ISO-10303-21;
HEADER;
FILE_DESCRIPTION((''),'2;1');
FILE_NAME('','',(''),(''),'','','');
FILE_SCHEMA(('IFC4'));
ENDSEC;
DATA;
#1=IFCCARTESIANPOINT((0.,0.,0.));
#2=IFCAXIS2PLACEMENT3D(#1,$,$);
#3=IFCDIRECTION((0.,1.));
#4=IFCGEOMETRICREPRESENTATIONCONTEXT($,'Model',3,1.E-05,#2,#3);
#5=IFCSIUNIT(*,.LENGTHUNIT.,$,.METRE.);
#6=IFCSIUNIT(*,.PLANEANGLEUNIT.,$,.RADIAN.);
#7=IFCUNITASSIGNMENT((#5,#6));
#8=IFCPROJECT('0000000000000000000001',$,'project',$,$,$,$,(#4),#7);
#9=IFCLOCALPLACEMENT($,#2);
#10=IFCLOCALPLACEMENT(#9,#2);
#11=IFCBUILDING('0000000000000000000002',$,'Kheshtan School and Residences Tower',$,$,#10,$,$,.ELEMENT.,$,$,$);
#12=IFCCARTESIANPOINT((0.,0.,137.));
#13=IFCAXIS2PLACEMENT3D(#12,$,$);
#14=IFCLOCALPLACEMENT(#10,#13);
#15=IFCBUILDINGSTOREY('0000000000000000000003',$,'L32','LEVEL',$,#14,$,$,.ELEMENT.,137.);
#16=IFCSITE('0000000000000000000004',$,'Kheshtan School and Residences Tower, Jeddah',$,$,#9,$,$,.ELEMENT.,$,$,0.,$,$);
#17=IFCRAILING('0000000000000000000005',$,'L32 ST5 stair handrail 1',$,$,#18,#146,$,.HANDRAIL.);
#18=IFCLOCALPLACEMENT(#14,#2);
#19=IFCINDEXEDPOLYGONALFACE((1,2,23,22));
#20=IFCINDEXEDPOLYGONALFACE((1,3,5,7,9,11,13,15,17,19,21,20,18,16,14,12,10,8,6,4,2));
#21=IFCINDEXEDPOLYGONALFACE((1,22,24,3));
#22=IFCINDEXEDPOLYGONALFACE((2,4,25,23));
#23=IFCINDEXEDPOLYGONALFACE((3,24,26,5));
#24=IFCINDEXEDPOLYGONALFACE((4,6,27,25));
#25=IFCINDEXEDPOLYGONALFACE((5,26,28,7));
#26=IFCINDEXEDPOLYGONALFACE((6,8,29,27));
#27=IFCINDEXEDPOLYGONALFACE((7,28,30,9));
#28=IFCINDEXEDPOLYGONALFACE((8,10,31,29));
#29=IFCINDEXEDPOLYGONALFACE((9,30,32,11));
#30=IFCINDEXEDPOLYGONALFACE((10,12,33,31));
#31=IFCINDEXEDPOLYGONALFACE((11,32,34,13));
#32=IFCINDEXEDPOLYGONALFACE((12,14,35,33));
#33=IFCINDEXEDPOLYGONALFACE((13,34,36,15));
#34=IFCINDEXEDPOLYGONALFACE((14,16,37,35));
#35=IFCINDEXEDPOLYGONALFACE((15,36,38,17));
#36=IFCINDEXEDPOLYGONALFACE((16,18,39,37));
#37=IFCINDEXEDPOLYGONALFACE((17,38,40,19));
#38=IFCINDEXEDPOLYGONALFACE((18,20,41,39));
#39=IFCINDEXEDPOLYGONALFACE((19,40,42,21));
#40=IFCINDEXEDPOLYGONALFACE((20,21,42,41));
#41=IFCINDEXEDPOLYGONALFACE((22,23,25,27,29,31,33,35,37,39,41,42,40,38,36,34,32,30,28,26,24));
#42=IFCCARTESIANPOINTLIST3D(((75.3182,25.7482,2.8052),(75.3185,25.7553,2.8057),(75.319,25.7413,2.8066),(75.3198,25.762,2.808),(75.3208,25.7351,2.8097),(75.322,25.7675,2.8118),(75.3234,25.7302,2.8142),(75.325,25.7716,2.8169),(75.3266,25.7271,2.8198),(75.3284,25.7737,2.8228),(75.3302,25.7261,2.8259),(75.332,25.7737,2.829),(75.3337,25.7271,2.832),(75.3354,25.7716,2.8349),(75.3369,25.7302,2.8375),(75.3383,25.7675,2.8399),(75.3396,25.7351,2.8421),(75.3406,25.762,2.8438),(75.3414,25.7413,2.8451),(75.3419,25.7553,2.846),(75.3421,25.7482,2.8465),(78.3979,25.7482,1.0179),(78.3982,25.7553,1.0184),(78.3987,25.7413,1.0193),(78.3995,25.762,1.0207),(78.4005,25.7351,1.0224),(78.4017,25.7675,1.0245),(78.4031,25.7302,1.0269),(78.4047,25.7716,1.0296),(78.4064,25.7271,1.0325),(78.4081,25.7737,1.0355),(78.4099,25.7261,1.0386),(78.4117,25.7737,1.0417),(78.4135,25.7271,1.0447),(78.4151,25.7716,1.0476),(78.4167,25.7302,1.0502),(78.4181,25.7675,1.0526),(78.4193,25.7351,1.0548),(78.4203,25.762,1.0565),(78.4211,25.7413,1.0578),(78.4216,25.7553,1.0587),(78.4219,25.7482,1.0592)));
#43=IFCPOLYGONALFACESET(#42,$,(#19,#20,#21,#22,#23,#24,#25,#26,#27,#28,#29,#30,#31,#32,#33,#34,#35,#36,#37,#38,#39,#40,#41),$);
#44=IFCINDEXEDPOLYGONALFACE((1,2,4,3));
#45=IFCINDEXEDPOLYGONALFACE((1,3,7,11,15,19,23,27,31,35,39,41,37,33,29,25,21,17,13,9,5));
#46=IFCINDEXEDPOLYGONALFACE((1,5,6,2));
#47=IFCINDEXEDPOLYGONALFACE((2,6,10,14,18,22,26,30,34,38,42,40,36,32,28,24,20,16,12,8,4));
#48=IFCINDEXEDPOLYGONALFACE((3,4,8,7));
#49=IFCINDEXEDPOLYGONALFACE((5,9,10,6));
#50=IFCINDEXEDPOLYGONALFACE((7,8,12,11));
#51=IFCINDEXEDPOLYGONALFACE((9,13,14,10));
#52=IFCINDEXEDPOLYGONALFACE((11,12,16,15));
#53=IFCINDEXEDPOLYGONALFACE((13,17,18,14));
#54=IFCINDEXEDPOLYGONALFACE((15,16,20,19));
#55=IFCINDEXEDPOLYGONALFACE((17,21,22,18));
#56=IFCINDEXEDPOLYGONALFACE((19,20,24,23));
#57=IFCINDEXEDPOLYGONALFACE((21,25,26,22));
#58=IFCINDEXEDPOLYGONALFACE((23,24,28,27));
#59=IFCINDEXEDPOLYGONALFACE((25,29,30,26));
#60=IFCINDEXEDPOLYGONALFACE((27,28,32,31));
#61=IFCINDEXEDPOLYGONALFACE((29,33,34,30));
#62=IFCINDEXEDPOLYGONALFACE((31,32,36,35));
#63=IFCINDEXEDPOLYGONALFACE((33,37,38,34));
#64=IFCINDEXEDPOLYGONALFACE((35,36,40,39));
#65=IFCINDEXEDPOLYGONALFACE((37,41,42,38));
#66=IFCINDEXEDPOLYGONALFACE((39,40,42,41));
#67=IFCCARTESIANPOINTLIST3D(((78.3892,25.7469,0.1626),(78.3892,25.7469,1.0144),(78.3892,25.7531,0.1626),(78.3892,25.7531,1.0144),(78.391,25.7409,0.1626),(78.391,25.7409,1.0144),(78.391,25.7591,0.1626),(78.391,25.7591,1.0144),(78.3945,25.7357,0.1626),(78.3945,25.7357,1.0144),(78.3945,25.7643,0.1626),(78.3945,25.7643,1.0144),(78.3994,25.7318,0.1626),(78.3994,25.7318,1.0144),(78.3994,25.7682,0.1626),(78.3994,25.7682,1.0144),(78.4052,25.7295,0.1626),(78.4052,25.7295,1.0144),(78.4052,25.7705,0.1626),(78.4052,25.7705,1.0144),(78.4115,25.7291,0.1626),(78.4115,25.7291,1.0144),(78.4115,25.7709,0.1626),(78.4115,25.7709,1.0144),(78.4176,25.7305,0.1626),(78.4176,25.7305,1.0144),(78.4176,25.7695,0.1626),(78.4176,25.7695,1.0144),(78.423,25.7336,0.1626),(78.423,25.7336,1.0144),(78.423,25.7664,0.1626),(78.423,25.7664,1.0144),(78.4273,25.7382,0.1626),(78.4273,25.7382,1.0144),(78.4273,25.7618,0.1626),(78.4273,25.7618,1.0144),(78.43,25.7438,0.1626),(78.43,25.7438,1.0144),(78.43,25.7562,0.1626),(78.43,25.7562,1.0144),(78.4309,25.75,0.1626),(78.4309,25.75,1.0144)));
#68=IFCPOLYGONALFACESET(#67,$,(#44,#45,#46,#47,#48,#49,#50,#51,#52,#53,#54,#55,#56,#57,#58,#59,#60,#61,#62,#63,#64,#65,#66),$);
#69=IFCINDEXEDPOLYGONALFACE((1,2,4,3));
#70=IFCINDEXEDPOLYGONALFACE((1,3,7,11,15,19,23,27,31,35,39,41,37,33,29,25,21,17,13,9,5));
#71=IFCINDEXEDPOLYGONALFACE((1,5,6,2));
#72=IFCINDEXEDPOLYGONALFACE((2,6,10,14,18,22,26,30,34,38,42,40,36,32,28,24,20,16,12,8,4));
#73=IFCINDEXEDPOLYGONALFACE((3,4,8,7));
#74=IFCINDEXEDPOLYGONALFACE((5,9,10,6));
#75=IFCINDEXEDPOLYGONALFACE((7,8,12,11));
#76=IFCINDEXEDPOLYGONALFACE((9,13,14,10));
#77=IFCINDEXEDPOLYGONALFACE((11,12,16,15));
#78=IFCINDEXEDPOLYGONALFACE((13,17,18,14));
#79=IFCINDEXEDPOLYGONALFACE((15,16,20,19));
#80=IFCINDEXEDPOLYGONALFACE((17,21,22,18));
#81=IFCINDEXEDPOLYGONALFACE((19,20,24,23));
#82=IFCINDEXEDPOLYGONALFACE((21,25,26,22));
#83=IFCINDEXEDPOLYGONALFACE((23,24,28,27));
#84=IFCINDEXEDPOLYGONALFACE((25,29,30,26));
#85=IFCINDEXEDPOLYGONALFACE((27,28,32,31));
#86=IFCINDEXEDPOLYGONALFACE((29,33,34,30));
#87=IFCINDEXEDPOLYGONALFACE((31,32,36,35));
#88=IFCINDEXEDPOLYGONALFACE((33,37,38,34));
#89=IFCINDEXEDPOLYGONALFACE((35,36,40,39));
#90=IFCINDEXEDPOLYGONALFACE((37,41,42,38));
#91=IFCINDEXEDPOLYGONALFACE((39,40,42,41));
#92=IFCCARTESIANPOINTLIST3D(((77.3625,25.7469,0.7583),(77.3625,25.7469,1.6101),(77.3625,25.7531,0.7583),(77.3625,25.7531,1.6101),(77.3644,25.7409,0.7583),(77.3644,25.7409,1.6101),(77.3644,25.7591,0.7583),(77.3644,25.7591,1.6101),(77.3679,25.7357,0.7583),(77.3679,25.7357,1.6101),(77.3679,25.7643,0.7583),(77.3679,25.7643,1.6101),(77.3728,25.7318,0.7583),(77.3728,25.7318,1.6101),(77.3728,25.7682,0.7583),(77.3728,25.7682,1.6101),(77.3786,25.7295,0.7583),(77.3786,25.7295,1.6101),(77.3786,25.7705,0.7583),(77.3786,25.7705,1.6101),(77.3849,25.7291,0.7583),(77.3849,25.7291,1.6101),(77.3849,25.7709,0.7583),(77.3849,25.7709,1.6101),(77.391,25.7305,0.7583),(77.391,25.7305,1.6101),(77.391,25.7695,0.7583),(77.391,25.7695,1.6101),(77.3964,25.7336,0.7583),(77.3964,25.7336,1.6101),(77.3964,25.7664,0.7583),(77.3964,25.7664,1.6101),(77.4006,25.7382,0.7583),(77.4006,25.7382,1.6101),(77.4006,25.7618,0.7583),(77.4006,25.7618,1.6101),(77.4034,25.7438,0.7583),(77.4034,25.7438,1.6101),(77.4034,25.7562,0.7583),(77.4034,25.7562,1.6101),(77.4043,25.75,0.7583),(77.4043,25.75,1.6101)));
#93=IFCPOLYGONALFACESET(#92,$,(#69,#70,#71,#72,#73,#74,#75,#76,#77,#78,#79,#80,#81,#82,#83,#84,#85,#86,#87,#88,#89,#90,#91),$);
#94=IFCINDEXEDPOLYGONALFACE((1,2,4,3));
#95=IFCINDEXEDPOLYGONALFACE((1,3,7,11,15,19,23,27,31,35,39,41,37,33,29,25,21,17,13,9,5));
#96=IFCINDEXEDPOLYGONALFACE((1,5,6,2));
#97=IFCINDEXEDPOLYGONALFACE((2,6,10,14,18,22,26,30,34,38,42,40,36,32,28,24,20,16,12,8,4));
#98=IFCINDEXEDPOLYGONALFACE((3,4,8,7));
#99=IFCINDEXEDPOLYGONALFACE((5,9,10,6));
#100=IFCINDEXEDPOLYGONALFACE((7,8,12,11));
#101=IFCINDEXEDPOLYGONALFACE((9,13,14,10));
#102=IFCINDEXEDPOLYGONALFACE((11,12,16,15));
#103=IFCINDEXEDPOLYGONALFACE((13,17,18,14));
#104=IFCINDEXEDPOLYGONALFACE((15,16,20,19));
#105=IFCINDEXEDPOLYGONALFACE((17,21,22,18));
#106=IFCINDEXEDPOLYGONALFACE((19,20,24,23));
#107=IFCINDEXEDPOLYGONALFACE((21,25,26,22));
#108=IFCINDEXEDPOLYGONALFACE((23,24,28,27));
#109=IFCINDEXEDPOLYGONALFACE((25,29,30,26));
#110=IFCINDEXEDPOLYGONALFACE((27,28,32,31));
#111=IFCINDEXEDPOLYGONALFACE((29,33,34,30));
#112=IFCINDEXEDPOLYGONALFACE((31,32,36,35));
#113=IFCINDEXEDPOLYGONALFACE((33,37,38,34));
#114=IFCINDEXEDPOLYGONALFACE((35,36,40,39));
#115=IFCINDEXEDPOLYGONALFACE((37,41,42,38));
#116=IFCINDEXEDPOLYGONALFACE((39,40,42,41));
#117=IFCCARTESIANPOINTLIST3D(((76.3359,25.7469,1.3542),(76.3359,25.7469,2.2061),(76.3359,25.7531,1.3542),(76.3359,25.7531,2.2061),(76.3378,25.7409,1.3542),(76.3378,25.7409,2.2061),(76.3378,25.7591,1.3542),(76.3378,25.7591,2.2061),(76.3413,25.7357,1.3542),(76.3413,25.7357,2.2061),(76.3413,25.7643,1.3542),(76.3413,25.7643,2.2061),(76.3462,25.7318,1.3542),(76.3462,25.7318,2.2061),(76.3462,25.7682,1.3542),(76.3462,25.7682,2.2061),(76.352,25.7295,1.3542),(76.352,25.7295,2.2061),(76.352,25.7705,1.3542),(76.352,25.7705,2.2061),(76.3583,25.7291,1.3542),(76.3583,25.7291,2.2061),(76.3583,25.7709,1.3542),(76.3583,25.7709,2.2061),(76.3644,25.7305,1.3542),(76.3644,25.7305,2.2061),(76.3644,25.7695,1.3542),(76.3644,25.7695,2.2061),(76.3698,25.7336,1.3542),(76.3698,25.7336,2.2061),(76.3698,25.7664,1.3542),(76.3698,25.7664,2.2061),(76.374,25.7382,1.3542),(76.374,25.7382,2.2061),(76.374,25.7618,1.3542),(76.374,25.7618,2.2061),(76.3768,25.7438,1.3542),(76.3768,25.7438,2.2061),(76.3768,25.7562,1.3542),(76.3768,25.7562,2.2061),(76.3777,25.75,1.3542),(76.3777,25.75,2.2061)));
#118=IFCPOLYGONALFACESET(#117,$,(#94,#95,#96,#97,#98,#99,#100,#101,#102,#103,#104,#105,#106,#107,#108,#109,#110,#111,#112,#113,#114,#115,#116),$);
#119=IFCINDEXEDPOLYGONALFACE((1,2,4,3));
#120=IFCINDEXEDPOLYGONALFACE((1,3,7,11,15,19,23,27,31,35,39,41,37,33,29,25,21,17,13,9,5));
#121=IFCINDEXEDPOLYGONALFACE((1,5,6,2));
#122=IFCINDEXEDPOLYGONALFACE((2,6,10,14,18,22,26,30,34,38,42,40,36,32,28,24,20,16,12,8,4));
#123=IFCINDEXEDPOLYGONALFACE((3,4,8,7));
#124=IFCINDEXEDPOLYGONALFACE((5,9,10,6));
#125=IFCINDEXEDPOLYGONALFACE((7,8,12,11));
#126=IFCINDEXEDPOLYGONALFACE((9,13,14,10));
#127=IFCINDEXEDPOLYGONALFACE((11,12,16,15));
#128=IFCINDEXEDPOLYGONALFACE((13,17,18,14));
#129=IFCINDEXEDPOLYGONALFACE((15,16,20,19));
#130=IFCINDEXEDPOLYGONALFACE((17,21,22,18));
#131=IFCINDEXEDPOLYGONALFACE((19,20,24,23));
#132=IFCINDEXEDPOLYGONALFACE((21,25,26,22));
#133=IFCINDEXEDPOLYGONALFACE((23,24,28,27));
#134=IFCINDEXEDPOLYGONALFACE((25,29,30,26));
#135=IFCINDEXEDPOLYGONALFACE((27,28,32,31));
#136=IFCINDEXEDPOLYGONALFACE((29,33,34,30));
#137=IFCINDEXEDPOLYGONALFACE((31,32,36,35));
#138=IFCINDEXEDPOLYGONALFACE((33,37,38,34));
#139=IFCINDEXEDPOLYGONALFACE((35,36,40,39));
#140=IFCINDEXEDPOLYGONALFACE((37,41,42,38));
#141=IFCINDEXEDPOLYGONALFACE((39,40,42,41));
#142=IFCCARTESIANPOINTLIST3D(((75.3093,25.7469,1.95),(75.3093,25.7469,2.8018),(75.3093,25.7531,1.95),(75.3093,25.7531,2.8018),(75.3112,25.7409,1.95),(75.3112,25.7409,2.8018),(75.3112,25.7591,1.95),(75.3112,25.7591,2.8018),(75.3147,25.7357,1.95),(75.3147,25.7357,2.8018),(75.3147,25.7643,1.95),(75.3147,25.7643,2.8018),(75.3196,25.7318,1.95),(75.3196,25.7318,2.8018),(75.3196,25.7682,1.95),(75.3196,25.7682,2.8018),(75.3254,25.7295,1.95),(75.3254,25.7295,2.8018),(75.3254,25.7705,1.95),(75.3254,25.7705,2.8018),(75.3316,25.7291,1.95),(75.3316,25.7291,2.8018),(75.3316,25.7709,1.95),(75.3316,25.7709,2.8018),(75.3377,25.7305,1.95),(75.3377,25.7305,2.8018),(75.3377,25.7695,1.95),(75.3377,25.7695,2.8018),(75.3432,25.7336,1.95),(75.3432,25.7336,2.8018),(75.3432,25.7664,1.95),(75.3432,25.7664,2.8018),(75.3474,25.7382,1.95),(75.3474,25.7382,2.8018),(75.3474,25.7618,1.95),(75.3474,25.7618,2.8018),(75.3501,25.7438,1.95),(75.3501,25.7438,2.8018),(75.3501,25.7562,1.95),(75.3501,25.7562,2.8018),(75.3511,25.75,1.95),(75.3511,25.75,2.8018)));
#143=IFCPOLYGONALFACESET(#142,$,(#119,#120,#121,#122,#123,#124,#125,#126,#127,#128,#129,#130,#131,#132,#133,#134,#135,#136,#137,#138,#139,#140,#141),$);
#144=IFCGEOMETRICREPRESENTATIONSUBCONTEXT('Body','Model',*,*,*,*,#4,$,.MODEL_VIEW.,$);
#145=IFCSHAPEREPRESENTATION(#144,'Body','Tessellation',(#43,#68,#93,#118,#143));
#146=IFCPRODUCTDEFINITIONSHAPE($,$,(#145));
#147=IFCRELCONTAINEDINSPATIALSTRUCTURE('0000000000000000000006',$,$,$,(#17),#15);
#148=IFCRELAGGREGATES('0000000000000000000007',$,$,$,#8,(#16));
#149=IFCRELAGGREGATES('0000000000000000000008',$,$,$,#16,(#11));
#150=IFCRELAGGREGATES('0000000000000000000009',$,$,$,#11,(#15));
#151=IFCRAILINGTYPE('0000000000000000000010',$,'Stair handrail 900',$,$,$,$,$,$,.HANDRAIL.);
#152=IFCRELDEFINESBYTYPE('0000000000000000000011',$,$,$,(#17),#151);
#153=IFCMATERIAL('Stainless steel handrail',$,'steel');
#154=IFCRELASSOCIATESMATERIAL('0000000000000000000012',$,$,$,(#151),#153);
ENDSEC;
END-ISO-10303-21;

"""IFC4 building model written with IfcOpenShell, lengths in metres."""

from ifc_helpers import new_model, si_unit, direction, frame, origin, origin_2d, place, context, subcontext, project, spatial, circle, extrude, material, type_object, element, save


model = new_model("IFC4")

# Units and contexts
model_context = context("Model", 3, precision=1e-05, world=origin(), true_north=direction((0.0, 1.0)))
body_context = subcontext(model_context, "Body", "Model", "MODEL_VIEW")
ifc_project = project(units=[si_unit("LENGTHUNIT", "METRE"), si_unit("PLANEANGLEUNIT", "RADIAN")], contexts=[model_context])

# Site, building, storey
site_placement = place(None, origin())
site = spatial("IfcSite", under=ifc_project, at=site_placement, Name="Kheshtan School and Residences Tower, Jeddah", CompositionType="ELEMENT", RefElevation=0.0)
building_placement = place(site_placement, origin())
building = spatial("IfcBuilding", under=site, at=building_placement, Name="Kheshtan School and Residences Tower", CompositionType="ELEMENT")
storey_placement = place(building_placement, frame((0.0, 0.0, 137.0)))
storey = spatial("IfcBuildingStorey", under=building, at=storey_placement, Name="L32", Description="LEVEL", CompositionType="ELEMENT", Elevation=137.0)

# Railing
ifc_material_1 = material(Name="Stainless steel handrail", Category="steel")
railing_type_1 = type_object("IfcRailingType", Name="Stair handrail 900", PredefinedType="HANDRAIL", material=ifc_material_1)
railing_1_placement = place(storey_placement, frame((78.4099, 25.75, 0.1626)))
element("IfcRailing", 1, at=railing_1_placement, inside=storey, type_object=railing_type_1, Name="L32 ST5 stair handrail 1", PredefinedType="HANDRAIL", context=body_context, shape_type="SweptSolid", body=[
    extrude(circle(Radius=0.0239, at=origin_2d()), frame((0.0, 0.0, 0.876), z_axis=(-0.864903, 0.0, 0.501939), x_axis=(0.0, -1.0, 0.0)), (0.0, 0.0, 1.0), 3.5608),
    extrude(circle(Radius=0.021, at=origin_2d()), origin(), (0.0, 0.0, 1.0), 0.8518),
    extrude(circle(Radius=0.021, at=origin_2d()), frame((-1.0266, 0.0, 0.5957)), (0.0, 0.0, 1.0), 0.8518),
    extrude(circle(Radius=0.021, at=origin_2d()), frame((-2.0532, 0.0, 1.1917)), (0.0, 0.0, 1.0), 0.8518),
    extrude(circle(Radius=0.021, at=origin_2d()), frame((-3.0798, 0.0, 1.7874)), (0.0, 0.0, 1.0), 0.8518),
])

save(model, "model.ifc")
